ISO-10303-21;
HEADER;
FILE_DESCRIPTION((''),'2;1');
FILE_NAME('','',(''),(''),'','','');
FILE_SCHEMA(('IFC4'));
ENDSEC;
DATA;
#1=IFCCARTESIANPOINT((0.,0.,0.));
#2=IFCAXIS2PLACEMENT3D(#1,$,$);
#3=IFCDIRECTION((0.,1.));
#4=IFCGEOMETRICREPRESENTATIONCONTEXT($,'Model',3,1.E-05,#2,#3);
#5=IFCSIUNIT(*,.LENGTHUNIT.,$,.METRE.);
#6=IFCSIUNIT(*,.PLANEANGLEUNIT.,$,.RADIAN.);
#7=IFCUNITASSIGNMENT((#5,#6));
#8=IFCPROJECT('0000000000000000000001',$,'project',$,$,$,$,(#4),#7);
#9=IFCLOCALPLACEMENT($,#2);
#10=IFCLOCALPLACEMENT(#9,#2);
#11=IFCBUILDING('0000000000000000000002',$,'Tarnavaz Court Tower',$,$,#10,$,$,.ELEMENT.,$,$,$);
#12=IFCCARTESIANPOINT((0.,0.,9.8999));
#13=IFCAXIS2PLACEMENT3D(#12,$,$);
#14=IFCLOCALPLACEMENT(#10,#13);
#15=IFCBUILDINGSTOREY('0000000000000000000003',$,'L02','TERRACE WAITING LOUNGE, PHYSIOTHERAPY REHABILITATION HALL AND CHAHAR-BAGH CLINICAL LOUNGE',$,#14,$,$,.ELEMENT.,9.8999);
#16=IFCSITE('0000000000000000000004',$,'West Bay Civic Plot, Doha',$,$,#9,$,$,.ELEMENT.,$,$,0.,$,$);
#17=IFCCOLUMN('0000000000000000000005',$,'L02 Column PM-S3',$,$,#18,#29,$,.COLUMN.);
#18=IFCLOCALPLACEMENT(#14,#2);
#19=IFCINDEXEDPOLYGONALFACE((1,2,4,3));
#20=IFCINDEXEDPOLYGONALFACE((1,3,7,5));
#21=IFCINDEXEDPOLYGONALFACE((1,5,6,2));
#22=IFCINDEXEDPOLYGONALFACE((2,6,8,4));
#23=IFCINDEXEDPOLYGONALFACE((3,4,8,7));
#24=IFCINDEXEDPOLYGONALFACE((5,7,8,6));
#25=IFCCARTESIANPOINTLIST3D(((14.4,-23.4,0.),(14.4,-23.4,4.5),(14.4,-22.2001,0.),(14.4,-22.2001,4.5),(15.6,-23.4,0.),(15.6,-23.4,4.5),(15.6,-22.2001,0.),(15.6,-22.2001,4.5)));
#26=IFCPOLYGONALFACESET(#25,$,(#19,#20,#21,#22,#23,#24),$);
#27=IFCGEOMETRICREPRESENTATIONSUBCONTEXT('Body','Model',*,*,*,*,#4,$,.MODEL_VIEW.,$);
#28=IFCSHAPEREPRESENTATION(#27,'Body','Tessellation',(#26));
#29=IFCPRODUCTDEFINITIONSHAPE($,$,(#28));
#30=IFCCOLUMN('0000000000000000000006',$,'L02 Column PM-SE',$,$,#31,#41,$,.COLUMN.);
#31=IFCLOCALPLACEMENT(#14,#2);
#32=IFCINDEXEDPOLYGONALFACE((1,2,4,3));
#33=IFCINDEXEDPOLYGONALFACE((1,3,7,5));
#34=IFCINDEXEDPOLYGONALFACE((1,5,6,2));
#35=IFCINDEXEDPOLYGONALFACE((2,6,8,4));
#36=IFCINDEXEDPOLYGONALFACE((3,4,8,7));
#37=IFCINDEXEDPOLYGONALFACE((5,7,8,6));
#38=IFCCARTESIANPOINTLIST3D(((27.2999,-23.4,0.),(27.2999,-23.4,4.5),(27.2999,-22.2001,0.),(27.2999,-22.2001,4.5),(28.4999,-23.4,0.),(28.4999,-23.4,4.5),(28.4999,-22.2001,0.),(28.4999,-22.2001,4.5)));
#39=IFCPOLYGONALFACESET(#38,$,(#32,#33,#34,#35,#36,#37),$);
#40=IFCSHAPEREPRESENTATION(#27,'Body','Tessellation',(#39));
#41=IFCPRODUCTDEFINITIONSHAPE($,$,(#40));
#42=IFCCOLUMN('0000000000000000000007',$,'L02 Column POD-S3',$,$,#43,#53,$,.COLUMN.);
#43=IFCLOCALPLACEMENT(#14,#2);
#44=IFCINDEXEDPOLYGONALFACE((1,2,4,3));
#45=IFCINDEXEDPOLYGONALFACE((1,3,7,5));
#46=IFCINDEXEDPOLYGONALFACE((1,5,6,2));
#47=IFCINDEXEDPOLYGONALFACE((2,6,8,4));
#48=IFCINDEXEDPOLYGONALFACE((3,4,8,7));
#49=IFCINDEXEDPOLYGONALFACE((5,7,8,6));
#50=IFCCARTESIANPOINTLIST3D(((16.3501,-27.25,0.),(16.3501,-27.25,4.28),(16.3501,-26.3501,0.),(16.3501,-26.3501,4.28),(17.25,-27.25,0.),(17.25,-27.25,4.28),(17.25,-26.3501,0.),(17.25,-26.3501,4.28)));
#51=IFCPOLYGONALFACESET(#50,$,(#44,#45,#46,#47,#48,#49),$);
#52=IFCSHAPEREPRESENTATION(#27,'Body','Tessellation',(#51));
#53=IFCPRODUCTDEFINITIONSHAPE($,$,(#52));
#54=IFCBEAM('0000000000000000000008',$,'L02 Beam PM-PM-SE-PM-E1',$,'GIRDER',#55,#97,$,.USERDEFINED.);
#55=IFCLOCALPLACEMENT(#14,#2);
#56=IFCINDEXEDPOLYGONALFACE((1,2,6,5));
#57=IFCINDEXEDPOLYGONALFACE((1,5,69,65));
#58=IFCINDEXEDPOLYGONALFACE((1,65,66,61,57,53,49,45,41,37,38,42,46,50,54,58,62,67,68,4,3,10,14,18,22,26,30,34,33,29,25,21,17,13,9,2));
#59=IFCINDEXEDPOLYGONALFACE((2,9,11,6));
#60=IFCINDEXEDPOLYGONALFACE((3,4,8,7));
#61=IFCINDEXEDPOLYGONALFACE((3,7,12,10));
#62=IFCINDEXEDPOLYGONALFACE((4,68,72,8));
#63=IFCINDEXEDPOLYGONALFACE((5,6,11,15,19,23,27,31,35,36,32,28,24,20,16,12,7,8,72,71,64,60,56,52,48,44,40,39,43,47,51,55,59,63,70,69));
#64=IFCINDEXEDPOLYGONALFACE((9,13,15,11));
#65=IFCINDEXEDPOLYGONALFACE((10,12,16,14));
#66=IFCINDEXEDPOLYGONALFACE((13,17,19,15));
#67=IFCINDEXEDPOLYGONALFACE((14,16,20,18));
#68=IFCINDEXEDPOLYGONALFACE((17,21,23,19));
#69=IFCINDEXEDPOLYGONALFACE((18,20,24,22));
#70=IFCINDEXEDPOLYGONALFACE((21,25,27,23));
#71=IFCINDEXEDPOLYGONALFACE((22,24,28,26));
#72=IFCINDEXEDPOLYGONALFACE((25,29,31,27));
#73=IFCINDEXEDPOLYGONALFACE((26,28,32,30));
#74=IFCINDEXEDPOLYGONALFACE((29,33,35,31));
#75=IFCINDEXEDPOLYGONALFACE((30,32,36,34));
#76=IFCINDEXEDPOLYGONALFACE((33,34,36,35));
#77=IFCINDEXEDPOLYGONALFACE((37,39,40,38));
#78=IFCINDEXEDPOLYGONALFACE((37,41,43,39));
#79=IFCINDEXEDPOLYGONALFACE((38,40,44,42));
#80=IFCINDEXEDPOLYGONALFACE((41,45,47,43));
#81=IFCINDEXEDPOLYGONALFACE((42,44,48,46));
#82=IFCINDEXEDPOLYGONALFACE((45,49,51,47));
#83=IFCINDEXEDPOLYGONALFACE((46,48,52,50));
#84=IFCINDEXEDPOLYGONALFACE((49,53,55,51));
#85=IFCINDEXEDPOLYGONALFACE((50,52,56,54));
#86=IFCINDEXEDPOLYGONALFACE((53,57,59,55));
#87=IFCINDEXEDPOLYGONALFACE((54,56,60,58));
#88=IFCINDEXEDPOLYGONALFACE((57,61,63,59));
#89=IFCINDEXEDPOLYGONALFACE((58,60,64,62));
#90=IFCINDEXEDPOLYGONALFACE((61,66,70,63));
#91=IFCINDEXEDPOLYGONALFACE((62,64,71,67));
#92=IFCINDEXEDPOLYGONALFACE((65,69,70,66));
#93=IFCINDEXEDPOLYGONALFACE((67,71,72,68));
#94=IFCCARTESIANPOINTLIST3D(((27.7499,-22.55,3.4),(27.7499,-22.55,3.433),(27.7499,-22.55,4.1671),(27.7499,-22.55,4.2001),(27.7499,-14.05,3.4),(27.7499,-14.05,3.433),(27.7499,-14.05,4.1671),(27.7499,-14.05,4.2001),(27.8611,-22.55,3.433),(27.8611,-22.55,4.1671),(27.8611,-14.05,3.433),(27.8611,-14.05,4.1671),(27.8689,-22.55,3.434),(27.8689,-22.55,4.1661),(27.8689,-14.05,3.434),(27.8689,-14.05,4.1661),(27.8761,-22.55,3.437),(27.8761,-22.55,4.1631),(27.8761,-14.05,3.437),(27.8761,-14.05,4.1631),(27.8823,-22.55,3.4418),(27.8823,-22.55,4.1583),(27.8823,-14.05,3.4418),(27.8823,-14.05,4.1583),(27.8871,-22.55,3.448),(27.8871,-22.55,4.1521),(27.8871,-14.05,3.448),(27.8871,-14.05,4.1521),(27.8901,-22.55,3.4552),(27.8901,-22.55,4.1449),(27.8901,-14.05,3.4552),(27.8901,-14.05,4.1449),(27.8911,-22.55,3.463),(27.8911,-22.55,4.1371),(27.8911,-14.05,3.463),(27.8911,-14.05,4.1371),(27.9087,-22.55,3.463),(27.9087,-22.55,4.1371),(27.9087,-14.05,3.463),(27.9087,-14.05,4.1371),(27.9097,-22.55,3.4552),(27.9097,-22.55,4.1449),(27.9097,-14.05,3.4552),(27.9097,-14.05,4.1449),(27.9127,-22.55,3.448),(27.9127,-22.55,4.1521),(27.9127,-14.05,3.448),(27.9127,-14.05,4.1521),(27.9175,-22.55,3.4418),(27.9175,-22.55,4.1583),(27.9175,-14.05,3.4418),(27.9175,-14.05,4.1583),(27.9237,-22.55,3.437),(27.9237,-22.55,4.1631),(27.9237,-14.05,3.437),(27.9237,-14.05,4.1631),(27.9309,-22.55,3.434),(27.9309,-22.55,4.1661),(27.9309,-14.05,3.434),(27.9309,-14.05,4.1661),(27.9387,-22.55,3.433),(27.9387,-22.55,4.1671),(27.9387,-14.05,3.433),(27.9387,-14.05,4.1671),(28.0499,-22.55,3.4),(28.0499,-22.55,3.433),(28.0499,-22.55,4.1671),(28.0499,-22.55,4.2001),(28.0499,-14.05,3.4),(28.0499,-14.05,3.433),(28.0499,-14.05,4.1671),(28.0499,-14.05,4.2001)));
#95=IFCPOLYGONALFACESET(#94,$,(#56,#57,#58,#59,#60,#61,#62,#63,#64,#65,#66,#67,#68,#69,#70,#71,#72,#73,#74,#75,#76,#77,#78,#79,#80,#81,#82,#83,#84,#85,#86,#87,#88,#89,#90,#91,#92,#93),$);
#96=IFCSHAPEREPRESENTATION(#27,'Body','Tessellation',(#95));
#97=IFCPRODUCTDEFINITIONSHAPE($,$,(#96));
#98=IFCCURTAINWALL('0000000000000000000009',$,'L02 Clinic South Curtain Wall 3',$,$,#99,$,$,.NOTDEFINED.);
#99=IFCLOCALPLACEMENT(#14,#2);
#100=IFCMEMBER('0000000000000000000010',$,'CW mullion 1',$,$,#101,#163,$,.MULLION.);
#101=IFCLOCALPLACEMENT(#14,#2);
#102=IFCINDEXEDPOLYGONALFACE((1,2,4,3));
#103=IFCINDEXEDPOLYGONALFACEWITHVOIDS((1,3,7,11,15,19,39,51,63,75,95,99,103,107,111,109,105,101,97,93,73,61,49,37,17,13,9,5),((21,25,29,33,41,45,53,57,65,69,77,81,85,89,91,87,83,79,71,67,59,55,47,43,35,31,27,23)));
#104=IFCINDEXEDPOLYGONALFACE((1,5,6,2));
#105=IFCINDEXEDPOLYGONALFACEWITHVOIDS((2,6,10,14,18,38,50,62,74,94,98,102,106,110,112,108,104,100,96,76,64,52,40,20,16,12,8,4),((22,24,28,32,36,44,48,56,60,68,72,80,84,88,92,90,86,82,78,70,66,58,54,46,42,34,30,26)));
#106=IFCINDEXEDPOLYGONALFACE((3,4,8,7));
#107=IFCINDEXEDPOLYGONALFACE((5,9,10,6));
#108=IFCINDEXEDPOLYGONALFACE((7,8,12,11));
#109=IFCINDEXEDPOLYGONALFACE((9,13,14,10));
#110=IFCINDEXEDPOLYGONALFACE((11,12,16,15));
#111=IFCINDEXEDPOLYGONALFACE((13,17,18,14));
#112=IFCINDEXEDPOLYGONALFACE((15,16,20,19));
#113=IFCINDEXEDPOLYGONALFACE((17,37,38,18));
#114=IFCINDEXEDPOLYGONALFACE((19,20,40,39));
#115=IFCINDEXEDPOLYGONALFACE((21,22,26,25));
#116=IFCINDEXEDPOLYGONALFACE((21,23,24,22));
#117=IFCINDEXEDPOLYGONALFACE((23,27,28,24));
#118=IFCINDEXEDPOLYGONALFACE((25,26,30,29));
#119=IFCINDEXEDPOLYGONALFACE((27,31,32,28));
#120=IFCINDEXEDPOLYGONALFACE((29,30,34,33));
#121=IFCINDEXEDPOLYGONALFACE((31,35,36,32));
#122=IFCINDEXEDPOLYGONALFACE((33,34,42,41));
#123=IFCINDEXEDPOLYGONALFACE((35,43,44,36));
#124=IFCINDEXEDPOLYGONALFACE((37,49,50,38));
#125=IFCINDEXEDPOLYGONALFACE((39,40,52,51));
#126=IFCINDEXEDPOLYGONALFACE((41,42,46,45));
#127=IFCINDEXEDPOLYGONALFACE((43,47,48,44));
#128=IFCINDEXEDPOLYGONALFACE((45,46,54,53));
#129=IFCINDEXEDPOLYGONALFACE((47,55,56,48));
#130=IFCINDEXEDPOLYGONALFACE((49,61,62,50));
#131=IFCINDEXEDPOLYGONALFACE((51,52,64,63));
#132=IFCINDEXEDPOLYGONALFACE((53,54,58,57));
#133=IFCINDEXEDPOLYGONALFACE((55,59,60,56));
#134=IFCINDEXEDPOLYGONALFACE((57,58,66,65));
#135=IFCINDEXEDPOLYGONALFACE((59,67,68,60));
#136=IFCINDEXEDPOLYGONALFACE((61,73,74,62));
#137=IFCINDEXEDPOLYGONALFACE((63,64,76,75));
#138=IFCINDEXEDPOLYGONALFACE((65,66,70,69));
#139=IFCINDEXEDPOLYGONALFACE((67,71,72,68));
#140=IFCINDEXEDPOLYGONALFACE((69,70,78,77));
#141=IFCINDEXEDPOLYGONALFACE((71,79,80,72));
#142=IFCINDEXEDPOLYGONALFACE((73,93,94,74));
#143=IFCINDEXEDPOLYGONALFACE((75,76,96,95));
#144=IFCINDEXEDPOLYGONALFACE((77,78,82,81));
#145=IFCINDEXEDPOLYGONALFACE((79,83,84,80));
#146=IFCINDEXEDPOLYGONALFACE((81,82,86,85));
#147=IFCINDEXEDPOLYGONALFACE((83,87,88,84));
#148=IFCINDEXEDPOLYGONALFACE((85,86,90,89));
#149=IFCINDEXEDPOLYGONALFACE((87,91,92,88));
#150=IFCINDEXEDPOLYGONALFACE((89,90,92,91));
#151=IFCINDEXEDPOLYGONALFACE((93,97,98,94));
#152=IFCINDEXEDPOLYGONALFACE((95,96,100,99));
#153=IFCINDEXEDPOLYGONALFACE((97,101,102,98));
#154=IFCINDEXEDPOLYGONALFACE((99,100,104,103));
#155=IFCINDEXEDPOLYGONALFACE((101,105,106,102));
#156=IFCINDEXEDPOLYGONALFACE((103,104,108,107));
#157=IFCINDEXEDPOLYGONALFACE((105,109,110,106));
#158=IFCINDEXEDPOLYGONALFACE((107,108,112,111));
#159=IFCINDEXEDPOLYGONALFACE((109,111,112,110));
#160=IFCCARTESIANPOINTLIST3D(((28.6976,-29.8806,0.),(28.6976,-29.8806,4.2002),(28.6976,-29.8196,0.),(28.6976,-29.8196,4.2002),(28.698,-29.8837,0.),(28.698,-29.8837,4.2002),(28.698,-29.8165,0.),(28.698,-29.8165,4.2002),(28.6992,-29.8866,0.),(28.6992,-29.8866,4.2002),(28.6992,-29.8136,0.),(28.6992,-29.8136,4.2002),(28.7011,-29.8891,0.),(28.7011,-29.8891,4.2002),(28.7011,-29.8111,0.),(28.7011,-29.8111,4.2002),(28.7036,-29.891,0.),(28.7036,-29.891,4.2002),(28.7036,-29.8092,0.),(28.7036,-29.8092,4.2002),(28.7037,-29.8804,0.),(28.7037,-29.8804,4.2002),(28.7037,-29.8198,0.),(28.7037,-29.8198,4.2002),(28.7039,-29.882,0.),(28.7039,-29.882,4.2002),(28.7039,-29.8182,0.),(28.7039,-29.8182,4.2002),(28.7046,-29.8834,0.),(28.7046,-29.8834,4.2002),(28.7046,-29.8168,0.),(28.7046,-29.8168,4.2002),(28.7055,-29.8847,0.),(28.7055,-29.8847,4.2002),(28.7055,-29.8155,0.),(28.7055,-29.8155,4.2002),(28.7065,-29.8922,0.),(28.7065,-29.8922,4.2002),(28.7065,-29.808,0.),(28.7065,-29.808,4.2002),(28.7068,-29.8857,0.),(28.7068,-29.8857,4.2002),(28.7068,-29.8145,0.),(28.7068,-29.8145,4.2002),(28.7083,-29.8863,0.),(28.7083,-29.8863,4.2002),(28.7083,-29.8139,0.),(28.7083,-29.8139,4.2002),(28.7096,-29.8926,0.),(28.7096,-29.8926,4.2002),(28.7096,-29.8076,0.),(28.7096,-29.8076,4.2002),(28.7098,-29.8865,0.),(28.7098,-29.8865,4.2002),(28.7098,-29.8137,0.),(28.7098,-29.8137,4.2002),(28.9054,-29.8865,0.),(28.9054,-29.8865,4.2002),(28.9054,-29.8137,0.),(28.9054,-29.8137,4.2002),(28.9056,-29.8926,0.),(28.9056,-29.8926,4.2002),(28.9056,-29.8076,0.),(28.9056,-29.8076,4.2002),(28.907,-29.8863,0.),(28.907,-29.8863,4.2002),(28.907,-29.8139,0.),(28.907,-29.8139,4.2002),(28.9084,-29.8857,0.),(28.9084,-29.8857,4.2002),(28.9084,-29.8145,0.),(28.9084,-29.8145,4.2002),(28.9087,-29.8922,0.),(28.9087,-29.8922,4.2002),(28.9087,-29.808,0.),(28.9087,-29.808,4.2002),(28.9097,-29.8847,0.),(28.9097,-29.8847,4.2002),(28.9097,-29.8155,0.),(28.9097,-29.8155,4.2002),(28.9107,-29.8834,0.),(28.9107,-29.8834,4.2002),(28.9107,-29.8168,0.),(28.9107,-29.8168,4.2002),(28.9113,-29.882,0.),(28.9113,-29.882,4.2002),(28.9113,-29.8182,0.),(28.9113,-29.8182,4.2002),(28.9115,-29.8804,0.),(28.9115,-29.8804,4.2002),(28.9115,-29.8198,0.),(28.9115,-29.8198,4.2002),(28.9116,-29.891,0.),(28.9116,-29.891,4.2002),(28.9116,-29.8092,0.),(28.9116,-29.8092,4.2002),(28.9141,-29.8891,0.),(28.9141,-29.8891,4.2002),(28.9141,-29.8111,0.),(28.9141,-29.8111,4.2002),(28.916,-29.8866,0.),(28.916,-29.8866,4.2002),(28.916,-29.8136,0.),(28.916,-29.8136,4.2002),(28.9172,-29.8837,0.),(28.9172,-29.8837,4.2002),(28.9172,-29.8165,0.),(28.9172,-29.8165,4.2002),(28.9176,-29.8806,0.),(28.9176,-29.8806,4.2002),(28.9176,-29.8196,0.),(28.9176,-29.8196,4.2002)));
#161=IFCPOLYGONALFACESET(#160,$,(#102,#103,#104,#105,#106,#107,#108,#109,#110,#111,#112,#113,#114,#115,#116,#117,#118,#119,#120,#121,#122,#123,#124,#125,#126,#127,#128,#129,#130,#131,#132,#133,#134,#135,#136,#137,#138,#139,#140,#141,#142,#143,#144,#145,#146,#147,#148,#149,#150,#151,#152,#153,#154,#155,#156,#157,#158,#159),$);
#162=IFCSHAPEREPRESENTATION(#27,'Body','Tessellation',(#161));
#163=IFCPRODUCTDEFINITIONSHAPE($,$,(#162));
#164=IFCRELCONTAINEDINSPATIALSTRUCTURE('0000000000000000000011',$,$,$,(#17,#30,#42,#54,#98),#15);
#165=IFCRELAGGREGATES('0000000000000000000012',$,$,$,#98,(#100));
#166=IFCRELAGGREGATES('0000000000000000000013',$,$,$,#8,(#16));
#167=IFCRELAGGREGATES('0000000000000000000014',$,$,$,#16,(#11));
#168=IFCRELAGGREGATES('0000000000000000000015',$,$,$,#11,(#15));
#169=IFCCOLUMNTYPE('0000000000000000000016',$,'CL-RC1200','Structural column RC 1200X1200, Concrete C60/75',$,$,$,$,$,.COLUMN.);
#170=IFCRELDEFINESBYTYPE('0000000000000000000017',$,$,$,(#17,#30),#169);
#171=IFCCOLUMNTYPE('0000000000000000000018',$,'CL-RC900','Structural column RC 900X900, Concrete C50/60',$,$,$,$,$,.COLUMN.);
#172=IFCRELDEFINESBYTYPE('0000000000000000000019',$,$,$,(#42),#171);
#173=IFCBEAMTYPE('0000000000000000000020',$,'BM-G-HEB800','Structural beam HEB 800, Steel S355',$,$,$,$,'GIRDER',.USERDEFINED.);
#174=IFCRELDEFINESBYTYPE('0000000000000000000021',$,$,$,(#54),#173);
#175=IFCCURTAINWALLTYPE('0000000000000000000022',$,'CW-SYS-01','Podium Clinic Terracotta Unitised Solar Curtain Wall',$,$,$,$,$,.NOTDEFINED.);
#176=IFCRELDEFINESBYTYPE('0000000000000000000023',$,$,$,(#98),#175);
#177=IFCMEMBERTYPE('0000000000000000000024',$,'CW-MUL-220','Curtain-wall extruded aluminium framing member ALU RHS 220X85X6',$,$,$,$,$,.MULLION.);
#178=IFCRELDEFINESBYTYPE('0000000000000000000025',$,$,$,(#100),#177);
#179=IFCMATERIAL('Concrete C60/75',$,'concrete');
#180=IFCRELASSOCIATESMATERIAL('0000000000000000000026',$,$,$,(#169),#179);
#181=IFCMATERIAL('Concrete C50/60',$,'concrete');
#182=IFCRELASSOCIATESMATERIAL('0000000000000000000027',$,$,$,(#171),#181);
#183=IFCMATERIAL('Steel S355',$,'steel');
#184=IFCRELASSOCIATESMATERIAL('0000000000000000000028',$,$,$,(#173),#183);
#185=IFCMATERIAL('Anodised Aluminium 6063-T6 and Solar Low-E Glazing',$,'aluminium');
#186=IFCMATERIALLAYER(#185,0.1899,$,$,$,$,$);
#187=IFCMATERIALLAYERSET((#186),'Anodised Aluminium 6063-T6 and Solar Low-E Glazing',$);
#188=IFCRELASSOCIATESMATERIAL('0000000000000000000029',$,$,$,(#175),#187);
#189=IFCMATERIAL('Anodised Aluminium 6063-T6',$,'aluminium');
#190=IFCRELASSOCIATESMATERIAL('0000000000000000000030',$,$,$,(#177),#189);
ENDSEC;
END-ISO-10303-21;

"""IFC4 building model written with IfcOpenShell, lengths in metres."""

from ifc_helpers import new_model, si_unit, direction, frame, origin, origin_2d, place, context, subcontext, project, spatial, rectangle, hollow_rectangle, i_section, extrude, material, layer, layer_set, material_profile, profile_set, type_object, element, aggregate, save


model = new_model("IFC4")

# Units and contexts
model_context = context("Model", 3, precision=1e-05, world=origin(), true_north=direction((0.0, 1.0)))
body_context = subcontext(model_context, "Body", "Model", "MODEL_VIEW")
ifc_project = project(units=[si_unit("LENGTHUNIT", "METRE"), si_unit("PLANEANGLEUNIT", "RADIAN")], contexts=[model_context])

# Site, building, storey
site_placement = place(None, origin())
site = spatial("IfcSite", under=ifc_project, at=site_placement, Name="West Bay Civic Plot, Doha", CompositionType="ELEMENT", RefElevation=0.0)
building_placement = place(site_placement, origin())
building = spatial("IfcBuilding", under=site, at=building_placement, Name="Tarnavaz Court Tower", CompositionType="ELEMENT")
storey_placement = place(building_placement, frame((0.0, 0.0, 9.8999)))
storey = spatial("IfcBuildingStorey", under=building, at=storey_placement, Name="L02", Description="TERRACE WAITING LOUNGE, PHYSIOTHERAPY REHABILITATION HALL AND CHAHAR-BAGH CLINICAL LOUNGE", CompositionType="ELEMENT", Elevation=9.8999)

# Columns
ifc_material_1 = material(Name="Concrete C60/75", Category="concrete")
ifc_material_profile_1 = material_profile(ifc_material_1, rectangle(XDim=1.2, YDim=1.2, at=origin_2d()), Name="RC 1200X1200")
ifc_profile_set_1 = profile_set([ifc_material_profile_1], Name="Concrete C60/75")
column_type_1 = type_object("IfcColumnType", Name="CL-RC1200", Description="Structural column RC 1200X1200, Concrete C60/75", PredefinedType="COLUMN", material=ifc_profile_set_1)
for number, where, z_axis, x_axis, name in (
    (1, (15.0, -22.8, 0.0), (0.0, 0.0, 1.0), (1.0, 0.0, 0.0), "L02 Column PM-S3"),
    (2, (27.8999, -22.8, 0.0), (0.0, 0.0, 1.0), (1.0, 0.0, 0.0), "L02 Column PM-SE"),
):
    element("IfcColumn", number, at=place(storey_placement, frame(where, z_axis=z_axis, x_axis=x_axis)), inside=storey, type_object=column_type_1, Name=name, PredefinedType="COLUMN", context=body_context, shape_type="SweptSolid", body=[
        extrude(rectangle(XDim=1.2, YDim=1.2, at=origin_2d()), origin(), (0.0, 0.0, 1.0), 4.5),
    ])
ifc_material_2 = material(Name="Concrete C50/60", Category="concrete")
ifc_material_profile_2 = material_profile(ifc_material_2, rectangle(XDim=0.8999, YDim=0.8999, at=origin_2d()), Name="RC 900X900")
ifc_profile_set_2 = profile_set([ifc_material_profile_2], Name="Concrete C50/60")
column_type_2 = type_object("IfcColumnType", Name="CL-RC900", Description="Structural column RC 900X900, Concrete C50/60", PredefinedType="COLUMN", material=ifc_profile_set_2)
column_placement = place(storey_placement, frame((16.8, -26.8, 0.0), z_axis=(0.0, 0.0, 1.0), x_axis=(1.0, 0.0, 0.0)))
element("IfcColumn", 3, at=column_placement, inside=storey, type_object=column_type_2, Name="L02 Column POD-S3", PredefinedType="COLUMN", context=body_context, shape_type="SweptSolid", body=[
    extrude(rectangle(XDim=0.8999, YDim=0.8999, at=origin_2d()), origin(), (0.0, 0.0, 1.0), 4.28),
])

# Beam
ifc_material_3 = material(Name="Steel S355", Category="steel")
ifc_material_profile_3 = material_profile(ifc_material_3, i_section(OverallWidth=0.3, OverallDepth=0.8, WebThickness=0.0176, FlangeThickness=0.033, FilletRadius=0.03, at=origin_2d()), Name="HEB 800")
ifc_profile_set_3 = profile_set([ifc_material_profile_3], Name="Steel S355")
beam_type = type_object("IfcBeamType", Name="BM-G-HEB800", Description="Structural beam HEB 800, Steel S355", ElementType="GIRDER", PredefinedType="USERDEFINED", material=ifc_profile_set_3)
beam_placement = place(storey_placement, frame((27.8999, -22.55, 3.8), z_axis=(0.0, 1.0, 0.0), x_axis=(-1.0, 0.0, 0.0)))
element("IfcBeam", 4, at=beam_placement, inside=storey, type_object=beam_type, Name="L02 Beam PM-PM-SE-PM-E1", ObjectType="GIRDER", PredefinedType="USERDEFINED", context=body_context, shape_type="SweptSolid", body=[
    extrude(i_section(OverallWidth=0.3, OverallDepth=0.8, WebThickness=0.0176, FlangeThickness=0.033, FilletRadius=0.03, at=origin_2d()), origin(), (0.0, 0.0, 1.0), 8.5),
])

# Curtain wall, member
ifc_material_4 = material(Name="Anodised Aluminium 6063-T6 and Solar Low-E Glazing", Category="aluminium")
ifc_layer_1 = layer(ifc_material_4, 0.1899)
ifc_layer_set_1 = layer_set([ifc_layer_1], Name="Anodised Aluminium 6063-T6 and Solar Low-E Glazing")
curtain_wall_type = type_object("IfcCurtainWallType", Name="CW-SYS-01", Description="Podium Clinic Terracotta Unitised Solar Curtain Wall", PredefinedType="NOTDEFINED", material=ifc_layer_set_1)
curtain_wall_placement = place(storey_placement, origin())
curtain_wall = element("IfcCurtainWall", 5, at=curtain_wall_placement, inside=storey, type_object=curtain_wall_type, Name="L02 Clinic South Curtain Wall 3", PredefinedType="NOTDEFINED")
ifc_material_5 = material(Name="Anodised Aluminium 6063-T6", Category="aluminium")
ifc_material_profile_4 = material_profile(ifc_material_5, hollow_rectangle(XDim=0.085, YDim=0.22, WallThickness=0.0061, InnerFilletRadius=0.0061, OuterFilletRadius=0.012, at=origin_2d()), Name="ALU RHS 220X85X6")
ifc_profile_set_4 = profile_set([ifc_material_profile_4], Name="Anodised Aluminium 6063-T6")
member_type_1 = type_object("IfcMemberType", Name="CW-MUL-220", Description="Curtain-wall extruded aluminium framing member ALU RHS 220X85X6", PredefinedType="MULLION", material=ifc_profile_set_4)
member_1_placement = place(storey_placement, frame((28.8076, -29.8501, 0.0), z_axis=(0.0, 0.0, 1.0), x_axis=(0.0, -1.0, 0.0)))
member_1 = element("IfcMember", 6, at=member_1_placement, type_object=member_type_1, Name="CW mullion 1", PredefinedType="MULLION", context=body_context, shape_type="SweptSolid", body=[
    extrude(hollow_rectangle(XDim=0.085, YDim=0.22, WallThickness=0.0061, InnerFilletRadius=0.0061, OuterFilletRadius=0.012, at=origin_2d()), origin(), (0.0, 0.0, 1.0), 4.2002),
])
aggregate(curtain_wall, [member_1])

save(model, "model.ifc")
